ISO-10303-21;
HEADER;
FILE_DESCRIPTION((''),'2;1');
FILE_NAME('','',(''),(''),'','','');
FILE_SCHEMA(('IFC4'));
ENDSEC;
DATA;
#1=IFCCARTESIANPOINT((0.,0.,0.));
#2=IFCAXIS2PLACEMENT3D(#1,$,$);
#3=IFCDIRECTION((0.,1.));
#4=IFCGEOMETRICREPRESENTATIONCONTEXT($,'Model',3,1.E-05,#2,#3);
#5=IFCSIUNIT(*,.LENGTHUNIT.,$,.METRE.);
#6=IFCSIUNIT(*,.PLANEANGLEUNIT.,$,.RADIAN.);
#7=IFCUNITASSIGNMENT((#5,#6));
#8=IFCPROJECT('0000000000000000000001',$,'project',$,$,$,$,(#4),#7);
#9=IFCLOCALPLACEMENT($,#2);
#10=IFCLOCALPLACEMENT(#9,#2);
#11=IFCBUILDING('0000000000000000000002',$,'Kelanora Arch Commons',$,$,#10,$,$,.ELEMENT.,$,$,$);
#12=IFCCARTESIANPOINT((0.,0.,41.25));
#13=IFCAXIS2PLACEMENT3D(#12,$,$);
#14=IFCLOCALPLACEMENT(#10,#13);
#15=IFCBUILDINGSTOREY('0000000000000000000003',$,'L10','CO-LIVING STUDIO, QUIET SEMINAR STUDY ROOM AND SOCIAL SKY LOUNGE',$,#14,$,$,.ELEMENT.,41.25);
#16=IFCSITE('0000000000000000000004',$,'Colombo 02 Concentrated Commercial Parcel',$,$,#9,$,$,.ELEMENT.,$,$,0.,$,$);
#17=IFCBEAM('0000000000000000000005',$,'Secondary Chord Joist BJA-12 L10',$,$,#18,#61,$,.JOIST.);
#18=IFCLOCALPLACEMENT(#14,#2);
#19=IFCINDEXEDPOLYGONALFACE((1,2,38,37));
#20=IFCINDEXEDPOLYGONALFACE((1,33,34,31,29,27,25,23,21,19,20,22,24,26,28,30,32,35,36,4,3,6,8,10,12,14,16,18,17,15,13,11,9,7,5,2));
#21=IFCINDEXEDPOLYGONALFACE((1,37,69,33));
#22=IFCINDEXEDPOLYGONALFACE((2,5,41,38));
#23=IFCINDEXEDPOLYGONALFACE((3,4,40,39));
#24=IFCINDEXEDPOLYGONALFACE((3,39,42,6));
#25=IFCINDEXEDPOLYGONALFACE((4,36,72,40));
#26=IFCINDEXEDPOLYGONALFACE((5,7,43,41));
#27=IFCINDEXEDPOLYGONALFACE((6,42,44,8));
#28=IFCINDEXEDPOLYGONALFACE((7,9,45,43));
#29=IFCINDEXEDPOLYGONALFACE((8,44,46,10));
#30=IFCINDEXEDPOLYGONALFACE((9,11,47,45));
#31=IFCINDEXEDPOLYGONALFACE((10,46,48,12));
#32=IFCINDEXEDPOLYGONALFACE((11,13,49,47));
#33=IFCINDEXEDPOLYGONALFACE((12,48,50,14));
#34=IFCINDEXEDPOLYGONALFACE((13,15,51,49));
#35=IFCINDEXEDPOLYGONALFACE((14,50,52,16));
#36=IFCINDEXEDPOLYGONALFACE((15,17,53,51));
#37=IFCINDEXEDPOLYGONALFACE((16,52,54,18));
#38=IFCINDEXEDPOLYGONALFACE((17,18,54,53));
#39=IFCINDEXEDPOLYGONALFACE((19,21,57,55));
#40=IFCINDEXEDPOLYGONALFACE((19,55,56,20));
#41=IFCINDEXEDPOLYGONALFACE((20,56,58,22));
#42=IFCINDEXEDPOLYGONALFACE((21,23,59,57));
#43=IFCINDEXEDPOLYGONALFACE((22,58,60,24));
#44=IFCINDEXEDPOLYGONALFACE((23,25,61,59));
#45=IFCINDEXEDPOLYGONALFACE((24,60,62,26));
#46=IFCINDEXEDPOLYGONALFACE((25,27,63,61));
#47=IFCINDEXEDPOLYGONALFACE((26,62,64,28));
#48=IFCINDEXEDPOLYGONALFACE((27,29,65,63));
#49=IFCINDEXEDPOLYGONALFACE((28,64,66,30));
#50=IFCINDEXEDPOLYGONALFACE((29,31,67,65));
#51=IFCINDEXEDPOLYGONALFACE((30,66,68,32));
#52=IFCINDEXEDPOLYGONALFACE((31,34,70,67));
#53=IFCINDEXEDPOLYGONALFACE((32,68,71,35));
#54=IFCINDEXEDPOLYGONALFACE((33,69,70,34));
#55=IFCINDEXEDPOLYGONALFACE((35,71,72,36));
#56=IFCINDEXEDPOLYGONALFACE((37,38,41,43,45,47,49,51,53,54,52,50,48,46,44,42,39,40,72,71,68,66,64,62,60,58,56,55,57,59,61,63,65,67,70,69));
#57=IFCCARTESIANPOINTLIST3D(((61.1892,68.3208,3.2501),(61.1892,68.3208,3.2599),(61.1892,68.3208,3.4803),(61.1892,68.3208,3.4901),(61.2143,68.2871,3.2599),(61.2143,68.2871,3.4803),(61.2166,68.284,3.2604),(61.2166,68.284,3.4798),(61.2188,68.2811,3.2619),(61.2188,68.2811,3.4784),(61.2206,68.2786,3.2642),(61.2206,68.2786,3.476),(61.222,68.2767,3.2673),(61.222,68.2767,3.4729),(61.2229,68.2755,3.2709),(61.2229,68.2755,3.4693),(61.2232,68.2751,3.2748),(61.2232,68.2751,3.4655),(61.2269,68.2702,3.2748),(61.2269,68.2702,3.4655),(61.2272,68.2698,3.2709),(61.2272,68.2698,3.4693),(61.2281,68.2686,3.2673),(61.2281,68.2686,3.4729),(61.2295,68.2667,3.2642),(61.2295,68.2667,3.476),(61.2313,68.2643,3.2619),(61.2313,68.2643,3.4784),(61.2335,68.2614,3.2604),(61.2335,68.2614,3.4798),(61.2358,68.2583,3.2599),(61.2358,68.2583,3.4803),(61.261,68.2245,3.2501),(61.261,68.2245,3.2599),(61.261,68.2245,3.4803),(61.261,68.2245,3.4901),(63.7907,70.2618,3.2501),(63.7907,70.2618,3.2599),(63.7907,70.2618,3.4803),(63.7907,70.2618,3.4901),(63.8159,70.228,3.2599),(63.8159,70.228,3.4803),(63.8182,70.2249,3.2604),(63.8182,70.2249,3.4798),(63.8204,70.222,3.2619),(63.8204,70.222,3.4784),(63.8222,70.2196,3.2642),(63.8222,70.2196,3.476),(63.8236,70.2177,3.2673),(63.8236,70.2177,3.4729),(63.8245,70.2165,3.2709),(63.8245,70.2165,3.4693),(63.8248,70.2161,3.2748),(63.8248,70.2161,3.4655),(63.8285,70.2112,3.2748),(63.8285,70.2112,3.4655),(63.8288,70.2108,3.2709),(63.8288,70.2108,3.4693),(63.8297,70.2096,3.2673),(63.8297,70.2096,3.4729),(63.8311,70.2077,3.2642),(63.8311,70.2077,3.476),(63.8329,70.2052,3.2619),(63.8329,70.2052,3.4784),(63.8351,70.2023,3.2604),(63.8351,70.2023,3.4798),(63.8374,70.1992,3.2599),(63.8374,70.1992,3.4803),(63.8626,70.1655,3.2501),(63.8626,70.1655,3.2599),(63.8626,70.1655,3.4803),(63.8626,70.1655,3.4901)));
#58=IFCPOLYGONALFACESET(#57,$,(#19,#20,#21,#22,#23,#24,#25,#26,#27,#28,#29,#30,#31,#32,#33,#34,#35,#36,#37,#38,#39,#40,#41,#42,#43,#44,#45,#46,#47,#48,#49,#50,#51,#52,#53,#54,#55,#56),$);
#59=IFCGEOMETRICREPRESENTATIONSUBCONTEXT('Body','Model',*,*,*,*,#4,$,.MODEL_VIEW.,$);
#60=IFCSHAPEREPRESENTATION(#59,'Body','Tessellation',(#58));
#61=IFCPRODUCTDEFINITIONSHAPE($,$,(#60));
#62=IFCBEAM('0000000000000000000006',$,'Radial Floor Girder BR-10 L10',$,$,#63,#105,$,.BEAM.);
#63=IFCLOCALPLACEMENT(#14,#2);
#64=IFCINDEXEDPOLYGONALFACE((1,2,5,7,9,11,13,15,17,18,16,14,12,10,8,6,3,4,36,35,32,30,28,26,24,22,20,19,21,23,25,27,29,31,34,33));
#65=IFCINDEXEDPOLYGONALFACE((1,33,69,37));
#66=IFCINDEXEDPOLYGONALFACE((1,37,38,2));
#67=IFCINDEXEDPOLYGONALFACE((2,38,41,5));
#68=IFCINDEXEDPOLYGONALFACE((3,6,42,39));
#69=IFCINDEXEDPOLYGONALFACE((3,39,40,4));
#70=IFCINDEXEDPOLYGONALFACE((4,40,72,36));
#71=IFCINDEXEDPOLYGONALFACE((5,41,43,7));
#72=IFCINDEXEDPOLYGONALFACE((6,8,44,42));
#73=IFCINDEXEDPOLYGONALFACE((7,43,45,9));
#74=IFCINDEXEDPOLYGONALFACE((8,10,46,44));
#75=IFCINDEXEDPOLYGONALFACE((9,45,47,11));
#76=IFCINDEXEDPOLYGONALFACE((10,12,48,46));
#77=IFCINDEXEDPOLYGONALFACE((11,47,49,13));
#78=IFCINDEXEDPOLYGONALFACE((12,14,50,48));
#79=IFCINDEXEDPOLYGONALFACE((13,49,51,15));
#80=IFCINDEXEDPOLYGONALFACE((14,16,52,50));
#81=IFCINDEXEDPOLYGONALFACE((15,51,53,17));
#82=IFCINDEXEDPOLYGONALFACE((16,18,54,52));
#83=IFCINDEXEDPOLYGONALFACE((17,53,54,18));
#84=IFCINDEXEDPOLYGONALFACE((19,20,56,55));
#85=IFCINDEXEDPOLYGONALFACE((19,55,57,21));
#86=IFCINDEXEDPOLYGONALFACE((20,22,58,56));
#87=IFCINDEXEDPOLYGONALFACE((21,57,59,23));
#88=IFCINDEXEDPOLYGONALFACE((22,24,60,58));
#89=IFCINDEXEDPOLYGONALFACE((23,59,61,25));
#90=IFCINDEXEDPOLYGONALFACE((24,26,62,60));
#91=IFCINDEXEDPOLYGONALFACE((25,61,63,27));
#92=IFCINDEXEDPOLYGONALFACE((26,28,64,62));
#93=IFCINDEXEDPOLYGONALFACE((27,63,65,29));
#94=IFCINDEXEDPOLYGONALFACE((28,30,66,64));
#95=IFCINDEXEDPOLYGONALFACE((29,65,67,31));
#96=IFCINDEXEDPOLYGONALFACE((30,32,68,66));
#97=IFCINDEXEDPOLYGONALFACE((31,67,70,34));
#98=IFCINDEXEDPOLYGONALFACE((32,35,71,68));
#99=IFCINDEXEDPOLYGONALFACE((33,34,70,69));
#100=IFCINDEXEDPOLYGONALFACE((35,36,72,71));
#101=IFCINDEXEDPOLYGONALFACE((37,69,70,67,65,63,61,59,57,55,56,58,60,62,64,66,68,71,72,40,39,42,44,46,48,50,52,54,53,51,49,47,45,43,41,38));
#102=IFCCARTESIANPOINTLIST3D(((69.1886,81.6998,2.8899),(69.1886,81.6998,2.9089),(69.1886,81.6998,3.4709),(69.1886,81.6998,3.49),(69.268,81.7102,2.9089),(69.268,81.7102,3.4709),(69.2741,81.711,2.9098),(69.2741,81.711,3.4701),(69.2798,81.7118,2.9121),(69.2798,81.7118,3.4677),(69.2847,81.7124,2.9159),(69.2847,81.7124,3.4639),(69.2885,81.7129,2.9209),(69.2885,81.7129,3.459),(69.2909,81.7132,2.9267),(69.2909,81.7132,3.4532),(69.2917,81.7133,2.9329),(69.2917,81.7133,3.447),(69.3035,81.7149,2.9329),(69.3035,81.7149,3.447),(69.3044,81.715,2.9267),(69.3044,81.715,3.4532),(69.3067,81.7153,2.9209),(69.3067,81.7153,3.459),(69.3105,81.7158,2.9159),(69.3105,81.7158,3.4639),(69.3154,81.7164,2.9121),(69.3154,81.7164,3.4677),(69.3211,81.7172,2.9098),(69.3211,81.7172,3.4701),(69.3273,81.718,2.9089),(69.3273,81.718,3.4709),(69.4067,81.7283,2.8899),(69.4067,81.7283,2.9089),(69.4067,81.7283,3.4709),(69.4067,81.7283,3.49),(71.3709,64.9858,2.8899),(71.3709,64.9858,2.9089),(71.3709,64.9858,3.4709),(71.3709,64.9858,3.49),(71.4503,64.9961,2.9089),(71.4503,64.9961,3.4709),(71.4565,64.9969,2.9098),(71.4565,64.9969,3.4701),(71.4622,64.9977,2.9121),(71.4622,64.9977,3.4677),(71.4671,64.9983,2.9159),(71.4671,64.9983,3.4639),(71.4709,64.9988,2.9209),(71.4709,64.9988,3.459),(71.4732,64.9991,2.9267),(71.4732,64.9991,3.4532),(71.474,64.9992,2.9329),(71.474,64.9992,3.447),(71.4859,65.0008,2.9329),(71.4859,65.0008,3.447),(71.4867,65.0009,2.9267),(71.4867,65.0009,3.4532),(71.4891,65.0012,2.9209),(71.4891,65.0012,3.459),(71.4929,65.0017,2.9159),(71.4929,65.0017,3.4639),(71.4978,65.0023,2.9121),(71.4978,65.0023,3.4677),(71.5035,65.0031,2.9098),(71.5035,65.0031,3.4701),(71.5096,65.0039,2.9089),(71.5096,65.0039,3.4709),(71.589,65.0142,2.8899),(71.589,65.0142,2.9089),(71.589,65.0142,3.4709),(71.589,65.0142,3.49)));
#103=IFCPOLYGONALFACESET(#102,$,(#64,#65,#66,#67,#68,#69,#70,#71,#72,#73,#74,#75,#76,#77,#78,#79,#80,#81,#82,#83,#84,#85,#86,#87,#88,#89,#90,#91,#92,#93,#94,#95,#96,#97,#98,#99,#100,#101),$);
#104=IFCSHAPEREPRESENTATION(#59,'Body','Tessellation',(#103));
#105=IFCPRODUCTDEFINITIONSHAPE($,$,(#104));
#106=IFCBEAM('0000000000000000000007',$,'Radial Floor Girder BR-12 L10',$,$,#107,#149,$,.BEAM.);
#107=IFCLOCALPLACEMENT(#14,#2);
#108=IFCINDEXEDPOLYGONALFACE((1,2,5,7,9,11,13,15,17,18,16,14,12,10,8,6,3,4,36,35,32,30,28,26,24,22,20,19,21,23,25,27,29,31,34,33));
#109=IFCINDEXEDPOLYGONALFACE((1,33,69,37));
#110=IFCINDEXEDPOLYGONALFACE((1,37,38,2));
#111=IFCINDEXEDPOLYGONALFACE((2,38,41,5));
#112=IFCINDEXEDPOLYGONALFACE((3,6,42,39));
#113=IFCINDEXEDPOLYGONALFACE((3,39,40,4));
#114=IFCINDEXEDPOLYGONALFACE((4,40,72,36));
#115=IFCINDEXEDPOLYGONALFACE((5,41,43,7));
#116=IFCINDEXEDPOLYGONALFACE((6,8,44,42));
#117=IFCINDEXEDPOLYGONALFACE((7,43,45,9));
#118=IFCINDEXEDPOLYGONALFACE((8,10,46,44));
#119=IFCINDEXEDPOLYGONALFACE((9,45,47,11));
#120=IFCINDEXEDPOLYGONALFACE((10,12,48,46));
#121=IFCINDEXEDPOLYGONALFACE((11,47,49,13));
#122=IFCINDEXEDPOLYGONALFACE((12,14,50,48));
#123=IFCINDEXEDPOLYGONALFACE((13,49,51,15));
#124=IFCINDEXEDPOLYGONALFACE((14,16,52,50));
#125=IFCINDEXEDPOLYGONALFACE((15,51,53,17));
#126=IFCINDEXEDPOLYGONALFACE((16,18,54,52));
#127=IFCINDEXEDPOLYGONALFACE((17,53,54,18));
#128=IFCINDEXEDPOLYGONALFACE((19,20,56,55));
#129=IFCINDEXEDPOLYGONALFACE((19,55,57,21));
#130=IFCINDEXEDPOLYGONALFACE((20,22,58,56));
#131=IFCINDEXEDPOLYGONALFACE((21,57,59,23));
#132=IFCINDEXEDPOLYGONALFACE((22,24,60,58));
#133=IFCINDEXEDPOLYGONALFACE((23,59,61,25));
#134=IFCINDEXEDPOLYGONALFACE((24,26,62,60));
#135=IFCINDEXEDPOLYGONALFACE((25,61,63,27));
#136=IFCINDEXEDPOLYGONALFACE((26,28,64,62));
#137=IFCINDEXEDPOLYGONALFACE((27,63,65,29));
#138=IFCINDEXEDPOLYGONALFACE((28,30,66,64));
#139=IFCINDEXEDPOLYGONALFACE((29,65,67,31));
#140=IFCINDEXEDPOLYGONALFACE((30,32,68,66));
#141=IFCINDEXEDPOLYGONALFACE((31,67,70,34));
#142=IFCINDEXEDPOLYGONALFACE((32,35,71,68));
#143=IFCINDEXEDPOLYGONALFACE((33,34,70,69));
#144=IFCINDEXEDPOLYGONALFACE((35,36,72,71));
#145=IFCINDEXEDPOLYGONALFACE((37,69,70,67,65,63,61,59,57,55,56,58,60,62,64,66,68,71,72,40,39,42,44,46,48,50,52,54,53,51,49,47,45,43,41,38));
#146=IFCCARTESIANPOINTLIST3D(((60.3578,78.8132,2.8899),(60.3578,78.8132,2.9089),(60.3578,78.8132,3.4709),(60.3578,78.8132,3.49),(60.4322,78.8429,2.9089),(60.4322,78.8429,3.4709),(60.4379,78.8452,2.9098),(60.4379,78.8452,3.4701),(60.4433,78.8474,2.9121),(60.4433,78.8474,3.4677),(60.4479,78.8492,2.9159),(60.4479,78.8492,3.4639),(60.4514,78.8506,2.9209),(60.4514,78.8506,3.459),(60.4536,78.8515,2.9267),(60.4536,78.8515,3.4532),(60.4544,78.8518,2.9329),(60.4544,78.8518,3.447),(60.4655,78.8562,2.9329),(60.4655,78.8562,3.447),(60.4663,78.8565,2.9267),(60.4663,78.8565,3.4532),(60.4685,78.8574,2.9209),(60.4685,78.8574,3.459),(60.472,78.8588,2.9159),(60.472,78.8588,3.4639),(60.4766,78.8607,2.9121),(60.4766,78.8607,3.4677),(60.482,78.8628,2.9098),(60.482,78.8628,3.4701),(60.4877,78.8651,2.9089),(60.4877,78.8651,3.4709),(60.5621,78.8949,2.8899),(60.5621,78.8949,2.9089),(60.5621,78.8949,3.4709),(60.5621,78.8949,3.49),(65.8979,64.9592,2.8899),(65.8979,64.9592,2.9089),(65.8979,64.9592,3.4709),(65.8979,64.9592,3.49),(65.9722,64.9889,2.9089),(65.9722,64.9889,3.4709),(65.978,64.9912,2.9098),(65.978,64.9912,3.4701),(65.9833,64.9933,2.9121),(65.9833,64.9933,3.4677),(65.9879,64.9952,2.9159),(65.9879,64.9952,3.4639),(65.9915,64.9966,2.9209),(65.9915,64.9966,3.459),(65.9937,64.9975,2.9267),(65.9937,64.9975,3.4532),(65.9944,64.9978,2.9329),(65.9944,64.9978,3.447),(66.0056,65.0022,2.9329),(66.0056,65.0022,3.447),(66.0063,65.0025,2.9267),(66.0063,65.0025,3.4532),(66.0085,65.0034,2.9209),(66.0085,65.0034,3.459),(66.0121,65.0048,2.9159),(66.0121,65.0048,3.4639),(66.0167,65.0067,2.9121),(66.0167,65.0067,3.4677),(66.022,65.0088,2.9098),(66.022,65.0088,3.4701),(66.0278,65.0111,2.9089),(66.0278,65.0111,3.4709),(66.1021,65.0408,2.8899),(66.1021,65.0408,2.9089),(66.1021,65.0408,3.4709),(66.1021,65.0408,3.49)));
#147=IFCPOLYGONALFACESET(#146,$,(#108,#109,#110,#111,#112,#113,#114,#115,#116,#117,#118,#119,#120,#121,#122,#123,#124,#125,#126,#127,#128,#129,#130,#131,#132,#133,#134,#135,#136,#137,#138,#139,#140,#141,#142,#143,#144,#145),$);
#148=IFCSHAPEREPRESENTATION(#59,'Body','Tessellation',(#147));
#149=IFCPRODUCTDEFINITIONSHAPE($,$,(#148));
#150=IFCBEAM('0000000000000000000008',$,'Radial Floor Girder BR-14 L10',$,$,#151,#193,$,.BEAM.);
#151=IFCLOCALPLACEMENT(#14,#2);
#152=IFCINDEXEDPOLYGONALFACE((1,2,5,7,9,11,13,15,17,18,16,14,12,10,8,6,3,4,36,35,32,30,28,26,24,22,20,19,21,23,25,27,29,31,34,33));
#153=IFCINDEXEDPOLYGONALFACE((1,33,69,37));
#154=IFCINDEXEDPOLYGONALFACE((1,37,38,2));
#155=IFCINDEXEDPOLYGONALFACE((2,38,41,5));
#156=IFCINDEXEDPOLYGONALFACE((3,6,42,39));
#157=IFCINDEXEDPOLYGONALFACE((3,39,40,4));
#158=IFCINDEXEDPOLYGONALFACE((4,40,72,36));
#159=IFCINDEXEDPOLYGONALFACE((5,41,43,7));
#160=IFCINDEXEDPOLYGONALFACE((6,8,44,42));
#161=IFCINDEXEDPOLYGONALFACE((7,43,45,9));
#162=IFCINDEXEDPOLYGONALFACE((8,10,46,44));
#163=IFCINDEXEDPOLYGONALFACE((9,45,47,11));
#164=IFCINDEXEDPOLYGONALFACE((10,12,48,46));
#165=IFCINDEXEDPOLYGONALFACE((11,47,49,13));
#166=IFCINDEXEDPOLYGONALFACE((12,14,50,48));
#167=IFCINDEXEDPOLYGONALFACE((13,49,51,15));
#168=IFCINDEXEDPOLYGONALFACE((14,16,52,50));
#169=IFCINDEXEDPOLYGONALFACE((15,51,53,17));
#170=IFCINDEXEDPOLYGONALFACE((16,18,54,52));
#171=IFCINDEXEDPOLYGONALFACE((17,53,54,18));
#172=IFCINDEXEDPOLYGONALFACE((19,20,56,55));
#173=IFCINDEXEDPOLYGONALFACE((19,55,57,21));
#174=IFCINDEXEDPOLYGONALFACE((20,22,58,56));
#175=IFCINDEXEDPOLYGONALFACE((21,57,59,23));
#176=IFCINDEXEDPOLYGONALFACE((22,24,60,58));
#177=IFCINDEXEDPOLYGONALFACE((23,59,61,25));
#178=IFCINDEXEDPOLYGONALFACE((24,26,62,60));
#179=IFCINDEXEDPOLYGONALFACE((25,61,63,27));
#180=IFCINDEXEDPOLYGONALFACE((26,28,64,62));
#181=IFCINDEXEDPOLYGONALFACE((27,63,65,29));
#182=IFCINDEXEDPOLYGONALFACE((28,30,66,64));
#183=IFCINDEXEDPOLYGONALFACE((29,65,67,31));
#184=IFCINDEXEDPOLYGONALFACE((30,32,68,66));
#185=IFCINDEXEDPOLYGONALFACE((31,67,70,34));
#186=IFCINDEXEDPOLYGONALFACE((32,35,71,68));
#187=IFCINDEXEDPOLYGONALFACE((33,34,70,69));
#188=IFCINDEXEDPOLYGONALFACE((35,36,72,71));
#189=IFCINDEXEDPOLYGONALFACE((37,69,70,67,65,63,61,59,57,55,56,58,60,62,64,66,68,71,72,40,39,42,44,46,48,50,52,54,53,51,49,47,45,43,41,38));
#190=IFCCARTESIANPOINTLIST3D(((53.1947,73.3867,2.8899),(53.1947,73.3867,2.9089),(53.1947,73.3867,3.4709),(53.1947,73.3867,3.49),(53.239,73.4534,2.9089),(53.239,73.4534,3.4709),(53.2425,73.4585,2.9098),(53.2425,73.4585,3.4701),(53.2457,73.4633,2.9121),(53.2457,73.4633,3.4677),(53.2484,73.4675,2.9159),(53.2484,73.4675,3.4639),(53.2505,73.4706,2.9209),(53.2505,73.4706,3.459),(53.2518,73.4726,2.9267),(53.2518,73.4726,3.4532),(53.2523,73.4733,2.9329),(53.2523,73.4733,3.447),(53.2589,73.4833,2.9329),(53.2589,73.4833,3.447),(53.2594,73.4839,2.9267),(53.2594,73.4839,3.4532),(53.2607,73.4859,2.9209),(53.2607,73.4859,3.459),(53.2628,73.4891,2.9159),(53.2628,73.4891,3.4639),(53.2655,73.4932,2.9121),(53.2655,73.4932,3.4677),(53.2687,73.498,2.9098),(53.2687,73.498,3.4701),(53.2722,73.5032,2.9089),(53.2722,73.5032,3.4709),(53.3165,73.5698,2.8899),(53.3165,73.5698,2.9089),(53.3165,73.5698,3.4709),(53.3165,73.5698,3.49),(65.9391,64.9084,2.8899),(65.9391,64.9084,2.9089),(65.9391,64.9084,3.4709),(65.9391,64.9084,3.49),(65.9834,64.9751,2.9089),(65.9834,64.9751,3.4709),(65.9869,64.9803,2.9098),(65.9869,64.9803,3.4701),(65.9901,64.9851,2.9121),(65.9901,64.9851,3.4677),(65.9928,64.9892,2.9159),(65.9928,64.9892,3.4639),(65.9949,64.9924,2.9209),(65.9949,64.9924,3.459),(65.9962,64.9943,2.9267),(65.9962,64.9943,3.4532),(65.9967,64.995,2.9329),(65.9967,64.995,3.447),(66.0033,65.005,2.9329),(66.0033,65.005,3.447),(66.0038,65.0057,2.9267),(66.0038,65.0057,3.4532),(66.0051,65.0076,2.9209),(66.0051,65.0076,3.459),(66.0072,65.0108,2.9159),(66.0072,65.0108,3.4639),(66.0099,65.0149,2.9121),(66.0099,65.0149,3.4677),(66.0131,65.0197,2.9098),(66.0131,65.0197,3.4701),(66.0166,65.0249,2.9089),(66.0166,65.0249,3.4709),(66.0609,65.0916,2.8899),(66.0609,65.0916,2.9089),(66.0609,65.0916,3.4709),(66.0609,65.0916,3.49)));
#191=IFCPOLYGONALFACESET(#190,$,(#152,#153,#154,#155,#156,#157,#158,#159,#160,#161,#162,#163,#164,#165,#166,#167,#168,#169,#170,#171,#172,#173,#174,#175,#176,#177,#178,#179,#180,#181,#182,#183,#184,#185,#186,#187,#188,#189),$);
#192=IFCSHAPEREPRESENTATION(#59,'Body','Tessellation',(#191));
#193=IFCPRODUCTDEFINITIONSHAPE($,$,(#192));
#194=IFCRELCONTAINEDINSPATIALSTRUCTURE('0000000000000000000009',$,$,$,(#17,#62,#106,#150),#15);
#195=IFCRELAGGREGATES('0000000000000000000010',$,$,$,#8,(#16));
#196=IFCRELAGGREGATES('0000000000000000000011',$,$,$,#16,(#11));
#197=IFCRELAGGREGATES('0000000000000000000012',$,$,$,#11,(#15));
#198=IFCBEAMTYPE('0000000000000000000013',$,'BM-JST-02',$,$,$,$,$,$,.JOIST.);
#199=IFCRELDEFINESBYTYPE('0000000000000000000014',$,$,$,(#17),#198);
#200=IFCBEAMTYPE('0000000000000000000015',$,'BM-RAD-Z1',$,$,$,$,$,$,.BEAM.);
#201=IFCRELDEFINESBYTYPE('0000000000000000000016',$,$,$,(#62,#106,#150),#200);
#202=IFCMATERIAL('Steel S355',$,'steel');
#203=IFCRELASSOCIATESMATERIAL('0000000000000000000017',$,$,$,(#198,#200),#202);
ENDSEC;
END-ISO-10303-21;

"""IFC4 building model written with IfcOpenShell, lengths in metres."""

from ifc_helpers import new_model, si_unit, direction, frame, origin, origin_2d, place, context, subcontext, project, spatial, i_section, extrude, material, material_profile, profile_set, type_object, element, save


model = new_model("IFC4")

# Units and contexts
model_context = context("Model", 3, precision=1e-05, world=origin(), true_north=direction((0.0, 1.0)))
body_context = subcontext(model_context, "Body", "Model", "MODEL_VIEW")
ifc_project = project(units=[si_unit("LENGTHUNIT", "METRE"), si_unit("PLANEANGLEUNIT", "RADIAN")], contexts=[model_context])

# Site, building, storey
site_placement = place(None, origin())
site = spatial("IfcSite", under=ifc_project, at=site_placement, Name="Colombo 02 Concentrated Commercial Parcel", CompositionType="ELEMENT", RefElevation=0.0)
building_placement = place(site_placement, origin())
building = spatial("IfcBuilding", under=site, at=building_placement, Name="Kelanora Arch Commons", CompositionType="ELEMENT")
storey_placement = place(building_placement, frame((0.0, 0.0, 41.25)))
storey = spatial("IfcBuildingStorey", under=building, at=storey_placement, Name="L10", Description="CO-LIVING STUDIO, QUIET SEMINAR STUDY ROOM AND SOCIAL SKY LOUNGE", CompositionType="ELEMENT", Elevation=41.25)

# Beams
ifc_material_1 = material(Name="Steel S355", Category="steel")
ifc_material_profile_1 = material_profile(ifc_material_1, i_section(OverallWidth=0.1201, OverallDepth=0.24, WebThickness=0.0061, FlangeThickness=0.0098, FilletRadius=0.0149, at=origin_2d()), Name="IPE240")
ifc_profile_set_1 = profile_set([ifc_material_profile_1], Name="Steel S355")
beam_type_1 = type_object("IfcBeamType", Name="BM-JST-02", PredefinedType="JOIST", material=ifc_profile_set_1)
beam_1_placement = place(storey_placement, frame((63.8267, 70.2136, 3.3701), z_axis=(-0.801514, -0.597976, 0.0), x_axis=(0.597976, -0.801514, 0.0)))
element("IfcBeam", 1, at=beam_1_placement, inside=storey, type_object=beam_type_1, Name="Secondary Chord Joist BJA-12 L10", PredefinedType="JOIST", context=body_context, shape_type="SweptSolid", body=[
    extrude(i_section(OverallWidth=0.1201, OverallDepth=0.24, WebThickness=0.0061, FlangeThickness=0.0098, FilletRadius=0.0149, at=origin_2d()), origin(), (0.0, 0.0, 1.0), 3.2458),
])
ifc_material_profile_2 = material_profile(ifc_material_1, i_section(OverallWidth=0.22, OverallDepth=0.6001, WebThickness=0.012, FlangeThickness=0.019, FilletRadius=0.0239, at=origin_2d()), Name="IPE600")
ifc_profile_set_2 = profile_set([ifc_material_profile_2], Name="Steel S355")
beam_type_2 = type_object("IfcBeamType", Name="BM-RAD-Z1", PredefinedType="BEAM", material=ifc_profile_set_2)
beam_2_placement = place(storey_placement, frame((71.48, 65.0, 3.1899), z_axis=(-0.129472, 0.991583, 0.0), x_axis=(-0.991583, -0.129472, 0.0)))
element("IfcBeam", 2, at=beam_2_placement, inside=storey, type_object=beam_type_2, Name="Radial Floor Girder BR-10 L10", PredefinedType="BEAM", context=body_context, shape_type="SweptSolid", body=[
    extrude(i_section(OverallWidth=0.22, OverallDepth=0.6001, WebThickness=0.012, FlangeThickness=0.019, FilletRadius=0.0239, at=origin_2d()), origin(), (0.0, 0.0, 1.0), 16.856),
])
beam_3_placement = place(storey_placement, frame((66.0, 65.0, 3.1899), z_axis=(-0.3713, 0.928513, 0.0), x_axis=(-0.928513, -0.3713, 0.0)))
element("IfcBeam", 3, at=beam_3_placement, inside=storey, type_object=beam_type_2, Name="Radial Floor Girder BR-12 L10", PredefinedType="BEAM", context=body_context, shape_type="SweptSolid", body=[
    extrude(i_section(OverallWidth=0.22, OverallDepth=0.6001, WebThickness=0.012, FlangeThickness=0.019, FilletRadius=0.0239, at=origin_2d()), origin(), (0.0, 0.0, 1.0), 14.9207),
])
beam_4_placement = place(storey_placement, frame((66.0, 65.0, 3.1899), z_axis=(-0.832592, 0.553886, 0.0), x_axis=(-0.553886, -0.832592, 0.0)))
element("IfcBeam", 4, at=beam_4_placement, inside=storey, type_object=beam_type_2, Name="Radial Floor Girder BR-14 L10", PredefinedType="BEAM", context=body_context, shape_type="SweptSolid", body=[
    extrude(i_section(OverallWidth=0.22, OverallDepth=0.6001, WebThickness=0.012, FlangeThickness=0.019, FilletRadius=0.0239, at=origin_2d()), origin(), (0.0, 0.0, 1.0), 15.3069),
])

save(model, "model.ifc")
